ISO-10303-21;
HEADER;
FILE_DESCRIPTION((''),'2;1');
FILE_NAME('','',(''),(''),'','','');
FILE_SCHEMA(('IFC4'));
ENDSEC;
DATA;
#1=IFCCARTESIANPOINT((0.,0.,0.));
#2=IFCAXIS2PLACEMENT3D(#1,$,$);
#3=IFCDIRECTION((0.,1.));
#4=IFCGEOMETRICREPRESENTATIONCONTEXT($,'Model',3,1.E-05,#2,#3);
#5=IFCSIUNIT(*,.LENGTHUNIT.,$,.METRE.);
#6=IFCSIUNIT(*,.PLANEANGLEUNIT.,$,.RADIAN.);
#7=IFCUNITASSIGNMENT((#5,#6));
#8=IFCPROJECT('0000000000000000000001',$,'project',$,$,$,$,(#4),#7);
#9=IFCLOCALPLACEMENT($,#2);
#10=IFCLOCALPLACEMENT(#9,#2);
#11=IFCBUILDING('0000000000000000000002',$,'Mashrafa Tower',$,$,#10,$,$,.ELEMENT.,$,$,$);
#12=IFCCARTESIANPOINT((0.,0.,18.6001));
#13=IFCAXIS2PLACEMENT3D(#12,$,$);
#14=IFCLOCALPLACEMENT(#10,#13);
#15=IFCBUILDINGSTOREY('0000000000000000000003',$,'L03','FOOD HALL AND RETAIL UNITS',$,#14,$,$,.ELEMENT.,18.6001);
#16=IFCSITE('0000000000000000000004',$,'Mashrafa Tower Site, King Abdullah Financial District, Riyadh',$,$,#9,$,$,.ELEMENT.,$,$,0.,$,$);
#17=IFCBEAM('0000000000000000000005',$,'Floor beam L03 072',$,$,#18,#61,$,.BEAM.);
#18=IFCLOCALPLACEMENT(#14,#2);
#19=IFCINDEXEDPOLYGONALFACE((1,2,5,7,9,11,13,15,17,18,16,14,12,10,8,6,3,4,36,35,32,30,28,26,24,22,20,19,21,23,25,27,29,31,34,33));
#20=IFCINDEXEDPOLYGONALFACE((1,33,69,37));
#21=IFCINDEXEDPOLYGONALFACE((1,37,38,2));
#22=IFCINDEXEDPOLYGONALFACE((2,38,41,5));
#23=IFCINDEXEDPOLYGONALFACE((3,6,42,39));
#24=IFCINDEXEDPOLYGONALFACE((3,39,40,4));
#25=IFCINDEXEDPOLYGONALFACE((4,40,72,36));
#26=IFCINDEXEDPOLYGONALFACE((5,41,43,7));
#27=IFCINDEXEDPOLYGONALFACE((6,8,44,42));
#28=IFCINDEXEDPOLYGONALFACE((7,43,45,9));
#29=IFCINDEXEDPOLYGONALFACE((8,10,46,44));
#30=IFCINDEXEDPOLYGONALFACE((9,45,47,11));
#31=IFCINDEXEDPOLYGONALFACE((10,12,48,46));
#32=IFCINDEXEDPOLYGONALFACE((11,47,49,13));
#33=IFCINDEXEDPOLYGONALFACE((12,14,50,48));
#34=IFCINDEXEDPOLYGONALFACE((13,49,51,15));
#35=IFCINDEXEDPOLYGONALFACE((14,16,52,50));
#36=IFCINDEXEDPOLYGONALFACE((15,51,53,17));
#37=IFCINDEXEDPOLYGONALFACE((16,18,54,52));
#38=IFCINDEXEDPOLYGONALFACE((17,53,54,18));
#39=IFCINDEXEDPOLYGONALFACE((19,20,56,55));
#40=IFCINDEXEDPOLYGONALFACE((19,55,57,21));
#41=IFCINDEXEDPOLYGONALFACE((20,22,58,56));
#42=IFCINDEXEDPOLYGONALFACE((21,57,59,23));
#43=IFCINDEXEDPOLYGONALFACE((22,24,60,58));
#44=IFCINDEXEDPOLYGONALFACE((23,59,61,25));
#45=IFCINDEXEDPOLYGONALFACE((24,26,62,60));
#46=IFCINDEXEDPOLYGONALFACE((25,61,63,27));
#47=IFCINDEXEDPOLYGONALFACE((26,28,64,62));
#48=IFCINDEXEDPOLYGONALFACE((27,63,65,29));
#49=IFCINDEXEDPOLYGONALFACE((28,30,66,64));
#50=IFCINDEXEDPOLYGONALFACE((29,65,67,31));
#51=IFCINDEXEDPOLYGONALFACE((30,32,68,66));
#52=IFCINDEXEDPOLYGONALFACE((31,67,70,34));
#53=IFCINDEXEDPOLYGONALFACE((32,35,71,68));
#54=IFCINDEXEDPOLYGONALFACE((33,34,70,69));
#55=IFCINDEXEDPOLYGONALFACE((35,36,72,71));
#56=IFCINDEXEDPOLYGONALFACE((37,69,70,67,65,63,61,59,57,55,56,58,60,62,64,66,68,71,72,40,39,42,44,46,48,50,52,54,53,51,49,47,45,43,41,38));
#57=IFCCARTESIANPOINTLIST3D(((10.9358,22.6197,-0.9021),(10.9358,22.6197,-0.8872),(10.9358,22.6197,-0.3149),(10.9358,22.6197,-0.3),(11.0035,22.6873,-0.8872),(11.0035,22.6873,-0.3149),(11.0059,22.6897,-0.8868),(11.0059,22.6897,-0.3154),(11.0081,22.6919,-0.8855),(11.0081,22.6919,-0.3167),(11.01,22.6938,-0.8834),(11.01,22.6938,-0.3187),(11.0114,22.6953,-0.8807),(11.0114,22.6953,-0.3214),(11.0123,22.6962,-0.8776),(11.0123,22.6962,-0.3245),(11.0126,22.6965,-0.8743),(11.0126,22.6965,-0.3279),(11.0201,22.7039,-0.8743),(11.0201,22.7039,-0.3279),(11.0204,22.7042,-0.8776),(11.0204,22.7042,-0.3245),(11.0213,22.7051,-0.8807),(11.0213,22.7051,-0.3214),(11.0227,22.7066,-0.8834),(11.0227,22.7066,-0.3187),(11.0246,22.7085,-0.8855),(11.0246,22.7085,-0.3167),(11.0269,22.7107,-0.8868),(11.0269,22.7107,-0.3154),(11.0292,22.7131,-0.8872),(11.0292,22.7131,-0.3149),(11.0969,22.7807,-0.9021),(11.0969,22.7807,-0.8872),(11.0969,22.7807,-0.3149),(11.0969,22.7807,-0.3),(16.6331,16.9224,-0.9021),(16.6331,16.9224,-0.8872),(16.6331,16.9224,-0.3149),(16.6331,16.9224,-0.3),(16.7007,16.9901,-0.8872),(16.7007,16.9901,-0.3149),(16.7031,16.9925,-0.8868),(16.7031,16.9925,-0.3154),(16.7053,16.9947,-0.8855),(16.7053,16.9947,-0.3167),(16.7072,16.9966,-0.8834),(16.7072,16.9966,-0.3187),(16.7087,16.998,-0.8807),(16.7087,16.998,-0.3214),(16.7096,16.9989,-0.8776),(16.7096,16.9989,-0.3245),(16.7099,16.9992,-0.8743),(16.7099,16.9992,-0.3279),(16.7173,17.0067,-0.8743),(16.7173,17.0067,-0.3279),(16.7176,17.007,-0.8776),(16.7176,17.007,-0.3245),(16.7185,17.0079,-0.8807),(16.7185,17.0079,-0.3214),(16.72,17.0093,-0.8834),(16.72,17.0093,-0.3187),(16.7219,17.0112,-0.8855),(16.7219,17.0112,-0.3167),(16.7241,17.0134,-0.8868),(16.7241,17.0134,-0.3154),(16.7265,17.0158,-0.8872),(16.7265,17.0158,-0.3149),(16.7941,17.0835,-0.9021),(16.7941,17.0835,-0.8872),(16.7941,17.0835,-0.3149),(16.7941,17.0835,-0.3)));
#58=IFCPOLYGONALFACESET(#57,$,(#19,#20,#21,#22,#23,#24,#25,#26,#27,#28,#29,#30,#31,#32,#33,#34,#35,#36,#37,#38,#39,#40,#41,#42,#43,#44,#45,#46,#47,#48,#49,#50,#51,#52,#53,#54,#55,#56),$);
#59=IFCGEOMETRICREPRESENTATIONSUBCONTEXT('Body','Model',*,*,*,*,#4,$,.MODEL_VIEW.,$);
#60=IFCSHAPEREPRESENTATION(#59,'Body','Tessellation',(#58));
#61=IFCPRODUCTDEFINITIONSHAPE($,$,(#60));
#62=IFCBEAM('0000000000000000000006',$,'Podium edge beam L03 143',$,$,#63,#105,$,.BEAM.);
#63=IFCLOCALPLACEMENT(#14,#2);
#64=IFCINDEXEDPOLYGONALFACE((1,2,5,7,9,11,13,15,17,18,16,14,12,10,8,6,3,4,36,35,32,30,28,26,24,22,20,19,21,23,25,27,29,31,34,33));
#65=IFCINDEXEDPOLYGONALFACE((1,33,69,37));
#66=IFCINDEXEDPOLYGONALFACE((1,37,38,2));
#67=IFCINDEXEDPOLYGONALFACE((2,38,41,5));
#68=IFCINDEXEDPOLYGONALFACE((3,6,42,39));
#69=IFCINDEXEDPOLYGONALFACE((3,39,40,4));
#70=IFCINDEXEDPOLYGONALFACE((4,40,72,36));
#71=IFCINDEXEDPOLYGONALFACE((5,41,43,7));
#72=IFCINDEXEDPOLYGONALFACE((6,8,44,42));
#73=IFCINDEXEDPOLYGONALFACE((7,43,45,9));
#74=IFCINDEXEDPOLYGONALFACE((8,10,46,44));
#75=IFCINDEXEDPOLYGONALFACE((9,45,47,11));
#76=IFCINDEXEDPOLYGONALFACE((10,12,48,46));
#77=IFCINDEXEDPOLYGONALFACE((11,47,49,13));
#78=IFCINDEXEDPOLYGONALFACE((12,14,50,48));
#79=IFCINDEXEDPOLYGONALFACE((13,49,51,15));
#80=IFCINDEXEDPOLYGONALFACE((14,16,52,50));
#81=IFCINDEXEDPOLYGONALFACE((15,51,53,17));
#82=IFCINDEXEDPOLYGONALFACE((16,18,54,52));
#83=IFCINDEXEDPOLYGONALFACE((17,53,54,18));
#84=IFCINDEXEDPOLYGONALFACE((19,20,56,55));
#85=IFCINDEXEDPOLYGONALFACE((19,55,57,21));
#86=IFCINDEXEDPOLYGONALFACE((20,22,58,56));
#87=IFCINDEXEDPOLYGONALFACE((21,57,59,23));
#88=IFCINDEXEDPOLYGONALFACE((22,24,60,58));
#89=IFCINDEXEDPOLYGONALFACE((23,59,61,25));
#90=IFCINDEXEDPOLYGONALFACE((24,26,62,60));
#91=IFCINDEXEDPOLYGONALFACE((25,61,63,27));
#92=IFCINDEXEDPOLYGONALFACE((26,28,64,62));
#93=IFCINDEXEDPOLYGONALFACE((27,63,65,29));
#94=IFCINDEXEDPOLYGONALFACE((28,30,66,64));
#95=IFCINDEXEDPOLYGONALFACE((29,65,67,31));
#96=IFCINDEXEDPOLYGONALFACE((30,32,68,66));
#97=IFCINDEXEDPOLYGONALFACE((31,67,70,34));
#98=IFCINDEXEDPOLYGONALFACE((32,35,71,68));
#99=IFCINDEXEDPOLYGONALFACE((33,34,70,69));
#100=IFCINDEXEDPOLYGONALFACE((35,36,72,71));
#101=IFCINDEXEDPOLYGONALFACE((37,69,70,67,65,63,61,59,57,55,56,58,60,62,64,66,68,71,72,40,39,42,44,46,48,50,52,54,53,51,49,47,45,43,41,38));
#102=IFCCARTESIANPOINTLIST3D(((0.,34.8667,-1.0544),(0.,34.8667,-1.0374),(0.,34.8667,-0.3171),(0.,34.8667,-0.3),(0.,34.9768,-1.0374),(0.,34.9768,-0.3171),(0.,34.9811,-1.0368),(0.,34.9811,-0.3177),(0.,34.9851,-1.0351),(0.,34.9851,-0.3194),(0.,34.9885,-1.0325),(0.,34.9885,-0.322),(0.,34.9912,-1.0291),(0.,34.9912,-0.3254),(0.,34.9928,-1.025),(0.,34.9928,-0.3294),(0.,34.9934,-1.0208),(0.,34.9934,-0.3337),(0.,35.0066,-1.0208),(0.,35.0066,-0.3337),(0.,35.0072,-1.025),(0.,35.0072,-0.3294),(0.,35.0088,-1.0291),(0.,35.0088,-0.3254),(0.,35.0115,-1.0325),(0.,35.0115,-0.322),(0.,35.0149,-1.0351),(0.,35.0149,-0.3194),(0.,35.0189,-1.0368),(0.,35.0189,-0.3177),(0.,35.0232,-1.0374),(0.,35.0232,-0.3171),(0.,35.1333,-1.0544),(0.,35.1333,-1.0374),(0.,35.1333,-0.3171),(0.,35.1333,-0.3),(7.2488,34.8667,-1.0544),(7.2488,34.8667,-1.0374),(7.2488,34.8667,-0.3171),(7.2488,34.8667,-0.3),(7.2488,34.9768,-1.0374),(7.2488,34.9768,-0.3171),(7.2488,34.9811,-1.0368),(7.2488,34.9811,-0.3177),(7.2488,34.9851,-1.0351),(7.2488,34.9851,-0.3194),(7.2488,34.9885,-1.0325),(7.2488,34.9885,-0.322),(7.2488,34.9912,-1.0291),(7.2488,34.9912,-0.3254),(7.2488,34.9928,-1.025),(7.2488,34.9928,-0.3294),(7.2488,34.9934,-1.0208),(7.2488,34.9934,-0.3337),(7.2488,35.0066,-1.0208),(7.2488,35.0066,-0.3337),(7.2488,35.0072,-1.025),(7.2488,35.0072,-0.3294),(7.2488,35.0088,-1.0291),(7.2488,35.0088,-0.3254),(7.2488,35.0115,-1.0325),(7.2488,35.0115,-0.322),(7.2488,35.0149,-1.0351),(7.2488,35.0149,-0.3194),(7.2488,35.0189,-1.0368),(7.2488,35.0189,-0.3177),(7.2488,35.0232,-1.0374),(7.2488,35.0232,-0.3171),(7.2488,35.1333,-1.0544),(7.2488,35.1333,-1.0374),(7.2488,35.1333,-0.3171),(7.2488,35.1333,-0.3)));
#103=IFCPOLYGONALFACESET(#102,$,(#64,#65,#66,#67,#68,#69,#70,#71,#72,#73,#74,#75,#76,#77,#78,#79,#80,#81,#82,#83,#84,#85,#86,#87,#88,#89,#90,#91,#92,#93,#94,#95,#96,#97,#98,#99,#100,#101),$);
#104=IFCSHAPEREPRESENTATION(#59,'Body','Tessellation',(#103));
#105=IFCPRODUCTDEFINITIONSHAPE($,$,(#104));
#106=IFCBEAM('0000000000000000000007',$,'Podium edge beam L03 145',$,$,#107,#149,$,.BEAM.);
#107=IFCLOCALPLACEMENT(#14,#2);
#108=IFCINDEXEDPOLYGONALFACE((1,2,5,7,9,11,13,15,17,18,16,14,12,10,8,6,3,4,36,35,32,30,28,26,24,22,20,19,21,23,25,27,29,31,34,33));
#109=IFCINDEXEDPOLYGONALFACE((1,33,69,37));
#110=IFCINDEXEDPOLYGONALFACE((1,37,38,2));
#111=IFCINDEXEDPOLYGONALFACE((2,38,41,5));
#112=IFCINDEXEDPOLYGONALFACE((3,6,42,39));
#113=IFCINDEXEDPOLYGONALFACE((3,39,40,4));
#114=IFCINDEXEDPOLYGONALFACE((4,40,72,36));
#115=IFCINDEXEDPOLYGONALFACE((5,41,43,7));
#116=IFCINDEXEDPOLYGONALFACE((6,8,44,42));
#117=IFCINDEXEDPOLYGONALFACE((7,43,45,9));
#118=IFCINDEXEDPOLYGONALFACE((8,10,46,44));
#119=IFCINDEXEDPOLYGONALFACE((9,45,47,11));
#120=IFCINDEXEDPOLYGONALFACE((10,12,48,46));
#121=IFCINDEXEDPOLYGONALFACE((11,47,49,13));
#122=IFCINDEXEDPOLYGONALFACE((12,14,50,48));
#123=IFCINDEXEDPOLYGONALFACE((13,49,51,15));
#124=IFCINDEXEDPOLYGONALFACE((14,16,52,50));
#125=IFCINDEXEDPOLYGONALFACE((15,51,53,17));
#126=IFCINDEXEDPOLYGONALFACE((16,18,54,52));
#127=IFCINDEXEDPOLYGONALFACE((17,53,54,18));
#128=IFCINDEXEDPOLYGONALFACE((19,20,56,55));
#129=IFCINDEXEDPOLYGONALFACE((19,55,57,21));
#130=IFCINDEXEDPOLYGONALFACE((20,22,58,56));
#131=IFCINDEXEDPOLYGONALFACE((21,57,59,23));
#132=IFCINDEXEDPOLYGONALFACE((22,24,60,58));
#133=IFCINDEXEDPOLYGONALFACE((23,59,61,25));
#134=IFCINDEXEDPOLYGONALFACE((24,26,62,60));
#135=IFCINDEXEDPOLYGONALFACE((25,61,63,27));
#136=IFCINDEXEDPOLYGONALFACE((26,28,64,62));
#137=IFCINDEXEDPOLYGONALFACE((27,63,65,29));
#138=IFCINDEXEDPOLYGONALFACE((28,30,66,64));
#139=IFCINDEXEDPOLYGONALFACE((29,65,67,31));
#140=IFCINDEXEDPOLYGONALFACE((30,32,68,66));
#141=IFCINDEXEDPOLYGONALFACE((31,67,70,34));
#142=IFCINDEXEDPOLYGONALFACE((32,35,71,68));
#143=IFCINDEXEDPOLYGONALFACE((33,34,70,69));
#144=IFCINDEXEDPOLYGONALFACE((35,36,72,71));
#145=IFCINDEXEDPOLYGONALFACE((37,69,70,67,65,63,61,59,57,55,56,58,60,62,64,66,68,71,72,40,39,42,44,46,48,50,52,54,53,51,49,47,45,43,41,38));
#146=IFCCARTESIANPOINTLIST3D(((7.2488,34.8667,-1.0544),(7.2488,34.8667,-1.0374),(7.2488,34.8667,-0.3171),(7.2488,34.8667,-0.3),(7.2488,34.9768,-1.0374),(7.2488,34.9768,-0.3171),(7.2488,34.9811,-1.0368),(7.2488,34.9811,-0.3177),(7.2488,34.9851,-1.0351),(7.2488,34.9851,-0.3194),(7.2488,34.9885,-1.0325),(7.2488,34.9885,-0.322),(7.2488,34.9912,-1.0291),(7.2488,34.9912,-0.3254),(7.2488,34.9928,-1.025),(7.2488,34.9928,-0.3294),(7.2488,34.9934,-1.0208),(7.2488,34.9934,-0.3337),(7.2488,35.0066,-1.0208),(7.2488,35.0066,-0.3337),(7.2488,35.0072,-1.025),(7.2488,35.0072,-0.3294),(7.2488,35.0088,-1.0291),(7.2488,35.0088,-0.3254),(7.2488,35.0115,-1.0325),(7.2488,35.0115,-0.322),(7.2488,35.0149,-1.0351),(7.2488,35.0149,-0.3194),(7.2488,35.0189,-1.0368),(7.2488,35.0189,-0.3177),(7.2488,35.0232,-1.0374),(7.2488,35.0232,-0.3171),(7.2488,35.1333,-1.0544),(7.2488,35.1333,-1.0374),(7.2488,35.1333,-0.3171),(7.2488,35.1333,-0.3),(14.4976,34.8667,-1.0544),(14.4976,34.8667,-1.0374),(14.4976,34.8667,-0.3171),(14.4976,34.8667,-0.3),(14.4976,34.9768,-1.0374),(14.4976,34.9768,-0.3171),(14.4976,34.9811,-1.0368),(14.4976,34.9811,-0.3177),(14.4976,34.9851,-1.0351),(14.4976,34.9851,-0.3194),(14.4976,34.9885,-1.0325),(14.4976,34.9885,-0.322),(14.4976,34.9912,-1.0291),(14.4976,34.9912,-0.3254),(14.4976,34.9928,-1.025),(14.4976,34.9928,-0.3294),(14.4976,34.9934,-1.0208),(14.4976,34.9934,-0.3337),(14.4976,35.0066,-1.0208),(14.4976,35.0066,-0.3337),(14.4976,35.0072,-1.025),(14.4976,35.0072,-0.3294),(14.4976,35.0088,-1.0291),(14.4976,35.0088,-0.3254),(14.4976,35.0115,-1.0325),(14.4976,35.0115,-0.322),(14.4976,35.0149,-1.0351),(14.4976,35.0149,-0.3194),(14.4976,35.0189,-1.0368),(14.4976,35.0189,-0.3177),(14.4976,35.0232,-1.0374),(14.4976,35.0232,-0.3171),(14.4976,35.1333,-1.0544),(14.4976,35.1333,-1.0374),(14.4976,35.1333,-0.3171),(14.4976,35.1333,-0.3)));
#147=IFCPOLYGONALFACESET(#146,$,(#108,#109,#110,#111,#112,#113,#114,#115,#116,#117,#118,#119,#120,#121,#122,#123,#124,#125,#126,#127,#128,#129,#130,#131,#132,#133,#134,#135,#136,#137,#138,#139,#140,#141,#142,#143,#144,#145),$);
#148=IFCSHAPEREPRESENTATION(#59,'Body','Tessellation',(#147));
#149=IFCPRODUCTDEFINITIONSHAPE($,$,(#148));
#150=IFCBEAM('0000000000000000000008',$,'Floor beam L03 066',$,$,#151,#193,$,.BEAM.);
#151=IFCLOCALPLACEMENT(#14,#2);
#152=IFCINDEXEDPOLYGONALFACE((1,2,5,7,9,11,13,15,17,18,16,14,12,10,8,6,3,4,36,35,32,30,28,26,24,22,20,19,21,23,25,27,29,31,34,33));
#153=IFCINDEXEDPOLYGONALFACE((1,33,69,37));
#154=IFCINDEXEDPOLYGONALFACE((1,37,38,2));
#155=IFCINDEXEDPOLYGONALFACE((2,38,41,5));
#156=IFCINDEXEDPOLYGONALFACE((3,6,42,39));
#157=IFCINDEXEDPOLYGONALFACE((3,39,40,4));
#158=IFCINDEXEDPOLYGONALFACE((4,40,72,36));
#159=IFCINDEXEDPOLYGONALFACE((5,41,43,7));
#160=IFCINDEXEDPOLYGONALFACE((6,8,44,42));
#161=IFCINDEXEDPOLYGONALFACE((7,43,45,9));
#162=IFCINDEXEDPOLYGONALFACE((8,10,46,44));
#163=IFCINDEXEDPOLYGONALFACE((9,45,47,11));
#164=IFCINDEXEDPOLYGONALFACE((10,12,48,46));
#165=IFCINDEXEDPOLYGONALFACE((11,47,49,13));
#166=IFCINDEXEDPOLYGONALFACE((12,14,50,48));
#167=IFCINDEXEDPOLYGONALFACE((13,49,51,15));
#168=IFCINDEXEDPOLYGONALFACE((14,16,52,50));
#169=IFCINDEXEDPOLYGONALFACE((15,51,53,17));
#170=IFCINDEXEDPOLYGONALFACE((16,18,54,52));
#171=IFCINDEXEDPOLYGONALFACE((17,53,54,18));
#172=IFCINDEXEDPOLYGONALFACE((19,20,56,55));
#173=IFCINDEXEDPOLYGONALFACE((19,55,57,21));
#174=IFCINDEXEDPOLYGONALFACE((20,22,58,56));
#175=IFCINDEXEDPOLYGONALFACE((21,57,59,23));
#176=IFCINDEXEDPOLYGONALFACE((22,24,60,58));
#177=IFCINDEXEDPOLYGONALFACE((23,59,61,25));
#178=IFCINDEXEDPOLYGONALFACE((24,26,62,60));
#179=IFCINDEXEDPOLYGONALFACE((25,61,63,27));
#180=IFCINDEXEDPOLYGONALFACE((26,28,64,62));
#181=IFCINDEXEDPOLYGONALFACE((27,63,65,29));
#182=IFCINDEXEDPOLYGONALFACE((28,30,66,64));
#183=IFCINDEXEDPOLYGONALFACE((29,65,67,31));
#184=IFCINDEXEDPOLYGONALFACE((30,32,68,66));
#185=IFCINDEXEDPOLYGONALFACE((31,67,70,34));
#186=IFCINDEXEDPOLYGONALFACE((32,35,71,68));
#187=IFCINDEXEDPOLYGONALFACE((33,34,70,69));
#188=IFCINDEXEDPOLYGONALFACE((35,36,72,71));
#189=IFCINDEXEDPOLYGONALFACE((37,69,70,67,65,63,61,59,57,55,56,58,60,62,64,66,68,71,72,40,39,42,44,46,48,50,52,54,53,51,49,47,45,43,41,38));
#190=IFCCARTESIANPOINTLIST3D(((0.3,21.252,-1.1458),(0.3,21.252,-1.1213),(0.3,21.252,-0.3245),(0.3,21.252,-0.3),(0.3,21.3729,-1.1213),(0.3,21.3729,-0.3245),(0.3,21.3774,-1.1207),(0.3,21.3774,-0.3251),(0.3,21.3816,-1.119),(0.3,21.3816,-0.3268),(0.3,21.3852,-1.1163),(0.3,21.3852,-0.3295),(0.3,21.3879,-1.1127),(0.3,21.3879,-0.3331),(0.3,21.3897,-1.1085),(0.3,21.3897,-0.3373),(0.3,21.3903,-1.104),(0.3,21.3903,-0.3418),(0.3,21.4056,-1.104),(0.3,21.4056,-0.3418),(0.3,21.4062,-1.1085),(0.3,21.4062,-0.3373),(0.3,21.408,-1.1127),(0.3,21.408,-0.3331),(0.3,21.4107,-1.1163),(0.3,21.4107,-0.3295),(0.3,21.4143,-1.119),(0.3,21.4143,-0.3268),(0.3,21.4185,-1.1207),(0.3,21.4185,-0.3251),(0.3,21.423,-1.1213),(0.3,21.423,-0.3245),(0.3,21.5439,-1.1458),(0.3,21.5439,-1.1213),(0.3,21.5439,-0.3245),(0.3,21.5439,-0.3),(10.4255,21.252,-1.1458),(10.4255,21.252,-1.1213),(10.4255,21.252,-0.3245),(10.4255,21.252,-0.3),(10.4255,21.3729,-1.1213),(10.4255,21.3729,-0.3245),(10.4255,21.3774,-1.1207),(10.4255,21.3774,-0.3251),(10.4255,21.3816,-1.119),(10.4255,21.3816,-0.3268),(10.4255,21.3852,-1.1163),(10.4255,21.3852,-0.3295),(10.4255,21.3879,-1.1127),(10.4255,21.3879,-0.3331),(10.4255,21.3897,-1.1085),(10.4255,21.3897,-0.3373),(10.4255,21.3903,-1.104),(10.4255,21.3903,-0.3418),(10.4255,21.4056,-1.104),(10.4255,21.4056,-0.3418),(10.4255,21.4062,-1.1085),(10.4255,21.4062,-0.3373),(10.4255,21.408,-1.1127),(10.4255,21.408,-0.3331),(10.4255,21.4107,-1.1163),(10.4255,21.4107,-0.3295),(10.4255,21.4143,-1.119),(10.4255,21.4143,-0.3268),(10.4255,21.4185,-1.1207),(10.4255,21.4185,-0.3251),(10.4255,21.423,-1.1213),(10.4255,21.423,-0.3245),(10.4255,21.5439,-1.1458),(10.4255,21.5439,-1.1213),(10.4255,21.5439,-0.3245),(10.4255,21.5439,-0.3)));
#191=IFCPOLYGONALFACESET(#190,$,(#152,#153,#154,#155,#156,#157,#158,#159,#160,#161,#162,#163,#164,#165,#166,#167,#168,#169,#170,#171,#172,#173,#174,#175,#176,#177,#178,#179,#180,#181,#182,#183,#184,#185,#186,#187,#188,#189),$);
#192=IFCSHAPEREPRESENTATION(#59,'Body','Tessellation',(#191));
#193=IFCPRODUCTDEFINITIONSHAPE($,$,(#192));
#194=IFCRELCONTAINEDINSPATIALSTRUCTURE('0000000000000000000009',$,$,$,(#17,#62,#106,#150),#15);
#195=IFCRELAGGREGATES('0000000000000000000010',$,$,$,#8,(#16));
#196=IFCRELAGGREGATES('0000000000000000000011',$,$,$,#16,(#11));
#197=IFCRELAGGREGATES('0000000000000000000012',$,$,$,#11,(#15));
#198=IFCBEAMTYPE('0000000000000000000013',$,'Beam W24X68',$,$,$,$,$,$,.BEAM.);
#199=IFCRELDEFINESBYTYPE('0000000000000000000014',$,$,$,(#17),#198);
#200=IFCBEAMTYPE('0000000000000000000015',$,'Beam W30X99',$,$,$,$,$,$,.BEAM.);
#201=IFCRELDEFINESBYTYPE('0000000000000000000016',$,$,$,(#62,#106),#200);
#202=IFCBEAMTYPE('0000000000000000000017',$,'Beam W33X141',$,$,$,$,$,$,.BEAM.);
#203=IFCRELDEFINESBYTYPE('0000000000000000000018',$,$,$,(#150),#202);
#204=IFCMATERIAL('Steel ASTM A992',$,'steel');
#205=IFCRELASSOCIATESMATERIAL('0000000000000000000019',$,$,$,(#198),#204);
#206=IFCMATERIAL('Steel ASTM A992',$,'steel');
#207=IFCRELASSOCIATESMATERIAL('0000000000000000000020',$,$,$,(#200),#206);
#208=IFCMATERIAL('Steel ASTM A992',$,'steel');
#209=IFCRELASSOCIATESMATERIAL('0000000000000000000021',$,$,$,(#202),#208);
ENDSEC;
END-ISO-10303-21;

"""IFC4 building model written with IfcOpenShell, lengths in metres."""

from ifc_helpers import new_model, si_unit, direction, frame, origin, origin_2d, place, context, subcontext, project, spatial, i_section, extrude, material, material_profile, profile_set, type_object, element, save


model = new_model("IFC4")

# Units and contexts
model_context = context("Model", 3, precision=1e-05, world=origin(), true_north=direction((0.0, 1.0)))
body_context = subcontext(model_context, "Body", "Model", "MODEL_VIEW")
ifc_project = project(units=[si_unit("LENGTHUNIT", "METRE"), si_unit("PLANEANGLEUNIT", "RADIAN")], contexts=[model_context])

# Site, building, storey
site_placement = place(None, origin())
site = spatial("IfcSite", under=ifc_project, at=site_placement, Name="Mashrafa Tower Site, King Abdullah Financial District, Riyadh", CompositionType="ELEMENT", RefElevation=0.0)
building_placement = place(site_placement, origin())
building = spatial("IfcBuilding", under=site, at=building_placement, Name="Mashrafa Tower", CompositionType="ELEMENT")
storey_placement = place(building_placement, frame((0.0, 0.0, 18.6001)))
storey = spatial("IfcBuildingStorey", under=building, at=storey_placement, Name="L03", Description="FOOD HALL AND RETAIL UNITS", CompositionType="ELEMENT", Elevation=18.6001)

# Beams
ifc_material_1 = material(Name="Steel ASTM A992", Category="steel")
ifc_material_profile_1 = material_profile(ifc_material_1, i_section(OverallWidth=0.2278, OverallDepth=0.6021, WebThickness=0.0105, FlangeThickness=0.0149, FilletRadius=0.0129, at=origin_2d()), Name="W24X68")
ifc_profile_set_1 = profile_set([ifc_material_profile_1], Name="Steel ASTM A992")
beam_type_1 = type_object("IfcBeamType", Name="Beam W24X68", PredefinedType="BEAM", material=ifc_profile_set_1)
beam_1_placement = place(storey_placement, frame((11.0164, 22.7002, -0.6011), z_axis=(0.707107, -0.707107, 0.0), x_axis=(0.707107, 0.707107, 0.0)))
element("IfcBeam", 1, at=beam_1_placement, inside=storey, type_object=beam_type_1, Name="Floor beam L03 072", PredefinedType="BEAM", context=body_context, shape_type="SweptSolid", body=[
    extrude(i_section(OverallWidth=0.2278, OverallDepth=0.6021, WebThickness=0.0105, FlangeThickness=0.0149, FilletRadius=0.0129, at=origin_2d()), origin(), (0.0, 0.0, 1.0), 8.0571),
])
ifc_material_2 = material(Name="Steel ASTM A992", Category="steel")
ifc_material_profile_2 = material_profile(ifc_material_2, i_section(OverallWidth=0.2666, OverallDepth=0.7544, WebThickness=0.0132, FlangeThickness=0.0171, FilletRadius=0.0166, at=origin_2d()), Name="W30X99")
ifc_profile_set_2 = profile_set([ifc_material_profile_2], Name="Steel ASTM A992")
beam_type_2 = type_object("IfcBeamType", Name="Beam W30X99", PredefinedType="BEAM", material=ifc_profile_set_2)
for number, where, z_axis, x_axis, name in (
    (2, (7.2488, 35.0, -0.6772), (-1.0, 0.0, 0.0), (0.0, -1.0, 0.0), "Podium edge beam L03 143"),
    (3, (14.4976, 35.0, -0.6772), (-1.0, 0.0, 0.0), (0.0, -1.0, 0.0), "Podium edge beam L03 145"),
):
    element("IfcBeam", number, at=place(storey_placement, frame(where, z_axis=z_axis, x_axis=x_axis)), inside=storey, type_object=beam_type_2, Name=name, PredefinedType="BEAM", context=body_context, shape_type="SweptSolid", body=[
        extrude(i_section(OverallWidth=0.2666, OverallDepth=0.7544, WebThickness=0.0132, FlangeThickness=0.0171, FilletRadius=0.0166, at=origin_2d()), origin(), (0.0, 0.0, 1.0), 7.2488),
    ])
ifc_material_3 = material(Name="Steel ASTM A992", Category="steel")
ifc_material_profile_3 = material_profile(ifc_material_3, i_section(OverallWidth=0.292, OverallDepth=0.8457, WebThickness=0.0154, FlangeThickness=0.0244, FilletRadius=0.0173, at=origin_2d()), Name="W33X141")
ifc_profile_set_3 = profile_set([ifc_material_profile_3], Name="Steel ASTM A992")
beam_type_3 = type_object("IfcBeamType", Name="Beam W33X141", PredefinedType="BEAM", material=ifc_profile_set_3)
beam_2_placement = place(storey_placement, frame((0.3, 21.3979, -0.7229), z_axis=(1.0, 0.0, 0.0), x_axis=(0.0, 1.0, 0.0)))
element("IfcBeam", 4, at=beam_2_placement, inside=storey, type_object=beam_type_3, Name="Floor beam L03 066", PredefinedType="BEAM", context=body_context, shape_type="SweptSolid", body=[
    extrude(i_section(OverallWidth=0.292, OverallDepth=0.8457, WebThickness=0.0154, FlangeThickness=0.0244, FilletRadius=0.0173, at=origin_2d()), origin(), (0.0, 0.0, 1.0), 10.1255),
])

save(model, "model.ifc")
